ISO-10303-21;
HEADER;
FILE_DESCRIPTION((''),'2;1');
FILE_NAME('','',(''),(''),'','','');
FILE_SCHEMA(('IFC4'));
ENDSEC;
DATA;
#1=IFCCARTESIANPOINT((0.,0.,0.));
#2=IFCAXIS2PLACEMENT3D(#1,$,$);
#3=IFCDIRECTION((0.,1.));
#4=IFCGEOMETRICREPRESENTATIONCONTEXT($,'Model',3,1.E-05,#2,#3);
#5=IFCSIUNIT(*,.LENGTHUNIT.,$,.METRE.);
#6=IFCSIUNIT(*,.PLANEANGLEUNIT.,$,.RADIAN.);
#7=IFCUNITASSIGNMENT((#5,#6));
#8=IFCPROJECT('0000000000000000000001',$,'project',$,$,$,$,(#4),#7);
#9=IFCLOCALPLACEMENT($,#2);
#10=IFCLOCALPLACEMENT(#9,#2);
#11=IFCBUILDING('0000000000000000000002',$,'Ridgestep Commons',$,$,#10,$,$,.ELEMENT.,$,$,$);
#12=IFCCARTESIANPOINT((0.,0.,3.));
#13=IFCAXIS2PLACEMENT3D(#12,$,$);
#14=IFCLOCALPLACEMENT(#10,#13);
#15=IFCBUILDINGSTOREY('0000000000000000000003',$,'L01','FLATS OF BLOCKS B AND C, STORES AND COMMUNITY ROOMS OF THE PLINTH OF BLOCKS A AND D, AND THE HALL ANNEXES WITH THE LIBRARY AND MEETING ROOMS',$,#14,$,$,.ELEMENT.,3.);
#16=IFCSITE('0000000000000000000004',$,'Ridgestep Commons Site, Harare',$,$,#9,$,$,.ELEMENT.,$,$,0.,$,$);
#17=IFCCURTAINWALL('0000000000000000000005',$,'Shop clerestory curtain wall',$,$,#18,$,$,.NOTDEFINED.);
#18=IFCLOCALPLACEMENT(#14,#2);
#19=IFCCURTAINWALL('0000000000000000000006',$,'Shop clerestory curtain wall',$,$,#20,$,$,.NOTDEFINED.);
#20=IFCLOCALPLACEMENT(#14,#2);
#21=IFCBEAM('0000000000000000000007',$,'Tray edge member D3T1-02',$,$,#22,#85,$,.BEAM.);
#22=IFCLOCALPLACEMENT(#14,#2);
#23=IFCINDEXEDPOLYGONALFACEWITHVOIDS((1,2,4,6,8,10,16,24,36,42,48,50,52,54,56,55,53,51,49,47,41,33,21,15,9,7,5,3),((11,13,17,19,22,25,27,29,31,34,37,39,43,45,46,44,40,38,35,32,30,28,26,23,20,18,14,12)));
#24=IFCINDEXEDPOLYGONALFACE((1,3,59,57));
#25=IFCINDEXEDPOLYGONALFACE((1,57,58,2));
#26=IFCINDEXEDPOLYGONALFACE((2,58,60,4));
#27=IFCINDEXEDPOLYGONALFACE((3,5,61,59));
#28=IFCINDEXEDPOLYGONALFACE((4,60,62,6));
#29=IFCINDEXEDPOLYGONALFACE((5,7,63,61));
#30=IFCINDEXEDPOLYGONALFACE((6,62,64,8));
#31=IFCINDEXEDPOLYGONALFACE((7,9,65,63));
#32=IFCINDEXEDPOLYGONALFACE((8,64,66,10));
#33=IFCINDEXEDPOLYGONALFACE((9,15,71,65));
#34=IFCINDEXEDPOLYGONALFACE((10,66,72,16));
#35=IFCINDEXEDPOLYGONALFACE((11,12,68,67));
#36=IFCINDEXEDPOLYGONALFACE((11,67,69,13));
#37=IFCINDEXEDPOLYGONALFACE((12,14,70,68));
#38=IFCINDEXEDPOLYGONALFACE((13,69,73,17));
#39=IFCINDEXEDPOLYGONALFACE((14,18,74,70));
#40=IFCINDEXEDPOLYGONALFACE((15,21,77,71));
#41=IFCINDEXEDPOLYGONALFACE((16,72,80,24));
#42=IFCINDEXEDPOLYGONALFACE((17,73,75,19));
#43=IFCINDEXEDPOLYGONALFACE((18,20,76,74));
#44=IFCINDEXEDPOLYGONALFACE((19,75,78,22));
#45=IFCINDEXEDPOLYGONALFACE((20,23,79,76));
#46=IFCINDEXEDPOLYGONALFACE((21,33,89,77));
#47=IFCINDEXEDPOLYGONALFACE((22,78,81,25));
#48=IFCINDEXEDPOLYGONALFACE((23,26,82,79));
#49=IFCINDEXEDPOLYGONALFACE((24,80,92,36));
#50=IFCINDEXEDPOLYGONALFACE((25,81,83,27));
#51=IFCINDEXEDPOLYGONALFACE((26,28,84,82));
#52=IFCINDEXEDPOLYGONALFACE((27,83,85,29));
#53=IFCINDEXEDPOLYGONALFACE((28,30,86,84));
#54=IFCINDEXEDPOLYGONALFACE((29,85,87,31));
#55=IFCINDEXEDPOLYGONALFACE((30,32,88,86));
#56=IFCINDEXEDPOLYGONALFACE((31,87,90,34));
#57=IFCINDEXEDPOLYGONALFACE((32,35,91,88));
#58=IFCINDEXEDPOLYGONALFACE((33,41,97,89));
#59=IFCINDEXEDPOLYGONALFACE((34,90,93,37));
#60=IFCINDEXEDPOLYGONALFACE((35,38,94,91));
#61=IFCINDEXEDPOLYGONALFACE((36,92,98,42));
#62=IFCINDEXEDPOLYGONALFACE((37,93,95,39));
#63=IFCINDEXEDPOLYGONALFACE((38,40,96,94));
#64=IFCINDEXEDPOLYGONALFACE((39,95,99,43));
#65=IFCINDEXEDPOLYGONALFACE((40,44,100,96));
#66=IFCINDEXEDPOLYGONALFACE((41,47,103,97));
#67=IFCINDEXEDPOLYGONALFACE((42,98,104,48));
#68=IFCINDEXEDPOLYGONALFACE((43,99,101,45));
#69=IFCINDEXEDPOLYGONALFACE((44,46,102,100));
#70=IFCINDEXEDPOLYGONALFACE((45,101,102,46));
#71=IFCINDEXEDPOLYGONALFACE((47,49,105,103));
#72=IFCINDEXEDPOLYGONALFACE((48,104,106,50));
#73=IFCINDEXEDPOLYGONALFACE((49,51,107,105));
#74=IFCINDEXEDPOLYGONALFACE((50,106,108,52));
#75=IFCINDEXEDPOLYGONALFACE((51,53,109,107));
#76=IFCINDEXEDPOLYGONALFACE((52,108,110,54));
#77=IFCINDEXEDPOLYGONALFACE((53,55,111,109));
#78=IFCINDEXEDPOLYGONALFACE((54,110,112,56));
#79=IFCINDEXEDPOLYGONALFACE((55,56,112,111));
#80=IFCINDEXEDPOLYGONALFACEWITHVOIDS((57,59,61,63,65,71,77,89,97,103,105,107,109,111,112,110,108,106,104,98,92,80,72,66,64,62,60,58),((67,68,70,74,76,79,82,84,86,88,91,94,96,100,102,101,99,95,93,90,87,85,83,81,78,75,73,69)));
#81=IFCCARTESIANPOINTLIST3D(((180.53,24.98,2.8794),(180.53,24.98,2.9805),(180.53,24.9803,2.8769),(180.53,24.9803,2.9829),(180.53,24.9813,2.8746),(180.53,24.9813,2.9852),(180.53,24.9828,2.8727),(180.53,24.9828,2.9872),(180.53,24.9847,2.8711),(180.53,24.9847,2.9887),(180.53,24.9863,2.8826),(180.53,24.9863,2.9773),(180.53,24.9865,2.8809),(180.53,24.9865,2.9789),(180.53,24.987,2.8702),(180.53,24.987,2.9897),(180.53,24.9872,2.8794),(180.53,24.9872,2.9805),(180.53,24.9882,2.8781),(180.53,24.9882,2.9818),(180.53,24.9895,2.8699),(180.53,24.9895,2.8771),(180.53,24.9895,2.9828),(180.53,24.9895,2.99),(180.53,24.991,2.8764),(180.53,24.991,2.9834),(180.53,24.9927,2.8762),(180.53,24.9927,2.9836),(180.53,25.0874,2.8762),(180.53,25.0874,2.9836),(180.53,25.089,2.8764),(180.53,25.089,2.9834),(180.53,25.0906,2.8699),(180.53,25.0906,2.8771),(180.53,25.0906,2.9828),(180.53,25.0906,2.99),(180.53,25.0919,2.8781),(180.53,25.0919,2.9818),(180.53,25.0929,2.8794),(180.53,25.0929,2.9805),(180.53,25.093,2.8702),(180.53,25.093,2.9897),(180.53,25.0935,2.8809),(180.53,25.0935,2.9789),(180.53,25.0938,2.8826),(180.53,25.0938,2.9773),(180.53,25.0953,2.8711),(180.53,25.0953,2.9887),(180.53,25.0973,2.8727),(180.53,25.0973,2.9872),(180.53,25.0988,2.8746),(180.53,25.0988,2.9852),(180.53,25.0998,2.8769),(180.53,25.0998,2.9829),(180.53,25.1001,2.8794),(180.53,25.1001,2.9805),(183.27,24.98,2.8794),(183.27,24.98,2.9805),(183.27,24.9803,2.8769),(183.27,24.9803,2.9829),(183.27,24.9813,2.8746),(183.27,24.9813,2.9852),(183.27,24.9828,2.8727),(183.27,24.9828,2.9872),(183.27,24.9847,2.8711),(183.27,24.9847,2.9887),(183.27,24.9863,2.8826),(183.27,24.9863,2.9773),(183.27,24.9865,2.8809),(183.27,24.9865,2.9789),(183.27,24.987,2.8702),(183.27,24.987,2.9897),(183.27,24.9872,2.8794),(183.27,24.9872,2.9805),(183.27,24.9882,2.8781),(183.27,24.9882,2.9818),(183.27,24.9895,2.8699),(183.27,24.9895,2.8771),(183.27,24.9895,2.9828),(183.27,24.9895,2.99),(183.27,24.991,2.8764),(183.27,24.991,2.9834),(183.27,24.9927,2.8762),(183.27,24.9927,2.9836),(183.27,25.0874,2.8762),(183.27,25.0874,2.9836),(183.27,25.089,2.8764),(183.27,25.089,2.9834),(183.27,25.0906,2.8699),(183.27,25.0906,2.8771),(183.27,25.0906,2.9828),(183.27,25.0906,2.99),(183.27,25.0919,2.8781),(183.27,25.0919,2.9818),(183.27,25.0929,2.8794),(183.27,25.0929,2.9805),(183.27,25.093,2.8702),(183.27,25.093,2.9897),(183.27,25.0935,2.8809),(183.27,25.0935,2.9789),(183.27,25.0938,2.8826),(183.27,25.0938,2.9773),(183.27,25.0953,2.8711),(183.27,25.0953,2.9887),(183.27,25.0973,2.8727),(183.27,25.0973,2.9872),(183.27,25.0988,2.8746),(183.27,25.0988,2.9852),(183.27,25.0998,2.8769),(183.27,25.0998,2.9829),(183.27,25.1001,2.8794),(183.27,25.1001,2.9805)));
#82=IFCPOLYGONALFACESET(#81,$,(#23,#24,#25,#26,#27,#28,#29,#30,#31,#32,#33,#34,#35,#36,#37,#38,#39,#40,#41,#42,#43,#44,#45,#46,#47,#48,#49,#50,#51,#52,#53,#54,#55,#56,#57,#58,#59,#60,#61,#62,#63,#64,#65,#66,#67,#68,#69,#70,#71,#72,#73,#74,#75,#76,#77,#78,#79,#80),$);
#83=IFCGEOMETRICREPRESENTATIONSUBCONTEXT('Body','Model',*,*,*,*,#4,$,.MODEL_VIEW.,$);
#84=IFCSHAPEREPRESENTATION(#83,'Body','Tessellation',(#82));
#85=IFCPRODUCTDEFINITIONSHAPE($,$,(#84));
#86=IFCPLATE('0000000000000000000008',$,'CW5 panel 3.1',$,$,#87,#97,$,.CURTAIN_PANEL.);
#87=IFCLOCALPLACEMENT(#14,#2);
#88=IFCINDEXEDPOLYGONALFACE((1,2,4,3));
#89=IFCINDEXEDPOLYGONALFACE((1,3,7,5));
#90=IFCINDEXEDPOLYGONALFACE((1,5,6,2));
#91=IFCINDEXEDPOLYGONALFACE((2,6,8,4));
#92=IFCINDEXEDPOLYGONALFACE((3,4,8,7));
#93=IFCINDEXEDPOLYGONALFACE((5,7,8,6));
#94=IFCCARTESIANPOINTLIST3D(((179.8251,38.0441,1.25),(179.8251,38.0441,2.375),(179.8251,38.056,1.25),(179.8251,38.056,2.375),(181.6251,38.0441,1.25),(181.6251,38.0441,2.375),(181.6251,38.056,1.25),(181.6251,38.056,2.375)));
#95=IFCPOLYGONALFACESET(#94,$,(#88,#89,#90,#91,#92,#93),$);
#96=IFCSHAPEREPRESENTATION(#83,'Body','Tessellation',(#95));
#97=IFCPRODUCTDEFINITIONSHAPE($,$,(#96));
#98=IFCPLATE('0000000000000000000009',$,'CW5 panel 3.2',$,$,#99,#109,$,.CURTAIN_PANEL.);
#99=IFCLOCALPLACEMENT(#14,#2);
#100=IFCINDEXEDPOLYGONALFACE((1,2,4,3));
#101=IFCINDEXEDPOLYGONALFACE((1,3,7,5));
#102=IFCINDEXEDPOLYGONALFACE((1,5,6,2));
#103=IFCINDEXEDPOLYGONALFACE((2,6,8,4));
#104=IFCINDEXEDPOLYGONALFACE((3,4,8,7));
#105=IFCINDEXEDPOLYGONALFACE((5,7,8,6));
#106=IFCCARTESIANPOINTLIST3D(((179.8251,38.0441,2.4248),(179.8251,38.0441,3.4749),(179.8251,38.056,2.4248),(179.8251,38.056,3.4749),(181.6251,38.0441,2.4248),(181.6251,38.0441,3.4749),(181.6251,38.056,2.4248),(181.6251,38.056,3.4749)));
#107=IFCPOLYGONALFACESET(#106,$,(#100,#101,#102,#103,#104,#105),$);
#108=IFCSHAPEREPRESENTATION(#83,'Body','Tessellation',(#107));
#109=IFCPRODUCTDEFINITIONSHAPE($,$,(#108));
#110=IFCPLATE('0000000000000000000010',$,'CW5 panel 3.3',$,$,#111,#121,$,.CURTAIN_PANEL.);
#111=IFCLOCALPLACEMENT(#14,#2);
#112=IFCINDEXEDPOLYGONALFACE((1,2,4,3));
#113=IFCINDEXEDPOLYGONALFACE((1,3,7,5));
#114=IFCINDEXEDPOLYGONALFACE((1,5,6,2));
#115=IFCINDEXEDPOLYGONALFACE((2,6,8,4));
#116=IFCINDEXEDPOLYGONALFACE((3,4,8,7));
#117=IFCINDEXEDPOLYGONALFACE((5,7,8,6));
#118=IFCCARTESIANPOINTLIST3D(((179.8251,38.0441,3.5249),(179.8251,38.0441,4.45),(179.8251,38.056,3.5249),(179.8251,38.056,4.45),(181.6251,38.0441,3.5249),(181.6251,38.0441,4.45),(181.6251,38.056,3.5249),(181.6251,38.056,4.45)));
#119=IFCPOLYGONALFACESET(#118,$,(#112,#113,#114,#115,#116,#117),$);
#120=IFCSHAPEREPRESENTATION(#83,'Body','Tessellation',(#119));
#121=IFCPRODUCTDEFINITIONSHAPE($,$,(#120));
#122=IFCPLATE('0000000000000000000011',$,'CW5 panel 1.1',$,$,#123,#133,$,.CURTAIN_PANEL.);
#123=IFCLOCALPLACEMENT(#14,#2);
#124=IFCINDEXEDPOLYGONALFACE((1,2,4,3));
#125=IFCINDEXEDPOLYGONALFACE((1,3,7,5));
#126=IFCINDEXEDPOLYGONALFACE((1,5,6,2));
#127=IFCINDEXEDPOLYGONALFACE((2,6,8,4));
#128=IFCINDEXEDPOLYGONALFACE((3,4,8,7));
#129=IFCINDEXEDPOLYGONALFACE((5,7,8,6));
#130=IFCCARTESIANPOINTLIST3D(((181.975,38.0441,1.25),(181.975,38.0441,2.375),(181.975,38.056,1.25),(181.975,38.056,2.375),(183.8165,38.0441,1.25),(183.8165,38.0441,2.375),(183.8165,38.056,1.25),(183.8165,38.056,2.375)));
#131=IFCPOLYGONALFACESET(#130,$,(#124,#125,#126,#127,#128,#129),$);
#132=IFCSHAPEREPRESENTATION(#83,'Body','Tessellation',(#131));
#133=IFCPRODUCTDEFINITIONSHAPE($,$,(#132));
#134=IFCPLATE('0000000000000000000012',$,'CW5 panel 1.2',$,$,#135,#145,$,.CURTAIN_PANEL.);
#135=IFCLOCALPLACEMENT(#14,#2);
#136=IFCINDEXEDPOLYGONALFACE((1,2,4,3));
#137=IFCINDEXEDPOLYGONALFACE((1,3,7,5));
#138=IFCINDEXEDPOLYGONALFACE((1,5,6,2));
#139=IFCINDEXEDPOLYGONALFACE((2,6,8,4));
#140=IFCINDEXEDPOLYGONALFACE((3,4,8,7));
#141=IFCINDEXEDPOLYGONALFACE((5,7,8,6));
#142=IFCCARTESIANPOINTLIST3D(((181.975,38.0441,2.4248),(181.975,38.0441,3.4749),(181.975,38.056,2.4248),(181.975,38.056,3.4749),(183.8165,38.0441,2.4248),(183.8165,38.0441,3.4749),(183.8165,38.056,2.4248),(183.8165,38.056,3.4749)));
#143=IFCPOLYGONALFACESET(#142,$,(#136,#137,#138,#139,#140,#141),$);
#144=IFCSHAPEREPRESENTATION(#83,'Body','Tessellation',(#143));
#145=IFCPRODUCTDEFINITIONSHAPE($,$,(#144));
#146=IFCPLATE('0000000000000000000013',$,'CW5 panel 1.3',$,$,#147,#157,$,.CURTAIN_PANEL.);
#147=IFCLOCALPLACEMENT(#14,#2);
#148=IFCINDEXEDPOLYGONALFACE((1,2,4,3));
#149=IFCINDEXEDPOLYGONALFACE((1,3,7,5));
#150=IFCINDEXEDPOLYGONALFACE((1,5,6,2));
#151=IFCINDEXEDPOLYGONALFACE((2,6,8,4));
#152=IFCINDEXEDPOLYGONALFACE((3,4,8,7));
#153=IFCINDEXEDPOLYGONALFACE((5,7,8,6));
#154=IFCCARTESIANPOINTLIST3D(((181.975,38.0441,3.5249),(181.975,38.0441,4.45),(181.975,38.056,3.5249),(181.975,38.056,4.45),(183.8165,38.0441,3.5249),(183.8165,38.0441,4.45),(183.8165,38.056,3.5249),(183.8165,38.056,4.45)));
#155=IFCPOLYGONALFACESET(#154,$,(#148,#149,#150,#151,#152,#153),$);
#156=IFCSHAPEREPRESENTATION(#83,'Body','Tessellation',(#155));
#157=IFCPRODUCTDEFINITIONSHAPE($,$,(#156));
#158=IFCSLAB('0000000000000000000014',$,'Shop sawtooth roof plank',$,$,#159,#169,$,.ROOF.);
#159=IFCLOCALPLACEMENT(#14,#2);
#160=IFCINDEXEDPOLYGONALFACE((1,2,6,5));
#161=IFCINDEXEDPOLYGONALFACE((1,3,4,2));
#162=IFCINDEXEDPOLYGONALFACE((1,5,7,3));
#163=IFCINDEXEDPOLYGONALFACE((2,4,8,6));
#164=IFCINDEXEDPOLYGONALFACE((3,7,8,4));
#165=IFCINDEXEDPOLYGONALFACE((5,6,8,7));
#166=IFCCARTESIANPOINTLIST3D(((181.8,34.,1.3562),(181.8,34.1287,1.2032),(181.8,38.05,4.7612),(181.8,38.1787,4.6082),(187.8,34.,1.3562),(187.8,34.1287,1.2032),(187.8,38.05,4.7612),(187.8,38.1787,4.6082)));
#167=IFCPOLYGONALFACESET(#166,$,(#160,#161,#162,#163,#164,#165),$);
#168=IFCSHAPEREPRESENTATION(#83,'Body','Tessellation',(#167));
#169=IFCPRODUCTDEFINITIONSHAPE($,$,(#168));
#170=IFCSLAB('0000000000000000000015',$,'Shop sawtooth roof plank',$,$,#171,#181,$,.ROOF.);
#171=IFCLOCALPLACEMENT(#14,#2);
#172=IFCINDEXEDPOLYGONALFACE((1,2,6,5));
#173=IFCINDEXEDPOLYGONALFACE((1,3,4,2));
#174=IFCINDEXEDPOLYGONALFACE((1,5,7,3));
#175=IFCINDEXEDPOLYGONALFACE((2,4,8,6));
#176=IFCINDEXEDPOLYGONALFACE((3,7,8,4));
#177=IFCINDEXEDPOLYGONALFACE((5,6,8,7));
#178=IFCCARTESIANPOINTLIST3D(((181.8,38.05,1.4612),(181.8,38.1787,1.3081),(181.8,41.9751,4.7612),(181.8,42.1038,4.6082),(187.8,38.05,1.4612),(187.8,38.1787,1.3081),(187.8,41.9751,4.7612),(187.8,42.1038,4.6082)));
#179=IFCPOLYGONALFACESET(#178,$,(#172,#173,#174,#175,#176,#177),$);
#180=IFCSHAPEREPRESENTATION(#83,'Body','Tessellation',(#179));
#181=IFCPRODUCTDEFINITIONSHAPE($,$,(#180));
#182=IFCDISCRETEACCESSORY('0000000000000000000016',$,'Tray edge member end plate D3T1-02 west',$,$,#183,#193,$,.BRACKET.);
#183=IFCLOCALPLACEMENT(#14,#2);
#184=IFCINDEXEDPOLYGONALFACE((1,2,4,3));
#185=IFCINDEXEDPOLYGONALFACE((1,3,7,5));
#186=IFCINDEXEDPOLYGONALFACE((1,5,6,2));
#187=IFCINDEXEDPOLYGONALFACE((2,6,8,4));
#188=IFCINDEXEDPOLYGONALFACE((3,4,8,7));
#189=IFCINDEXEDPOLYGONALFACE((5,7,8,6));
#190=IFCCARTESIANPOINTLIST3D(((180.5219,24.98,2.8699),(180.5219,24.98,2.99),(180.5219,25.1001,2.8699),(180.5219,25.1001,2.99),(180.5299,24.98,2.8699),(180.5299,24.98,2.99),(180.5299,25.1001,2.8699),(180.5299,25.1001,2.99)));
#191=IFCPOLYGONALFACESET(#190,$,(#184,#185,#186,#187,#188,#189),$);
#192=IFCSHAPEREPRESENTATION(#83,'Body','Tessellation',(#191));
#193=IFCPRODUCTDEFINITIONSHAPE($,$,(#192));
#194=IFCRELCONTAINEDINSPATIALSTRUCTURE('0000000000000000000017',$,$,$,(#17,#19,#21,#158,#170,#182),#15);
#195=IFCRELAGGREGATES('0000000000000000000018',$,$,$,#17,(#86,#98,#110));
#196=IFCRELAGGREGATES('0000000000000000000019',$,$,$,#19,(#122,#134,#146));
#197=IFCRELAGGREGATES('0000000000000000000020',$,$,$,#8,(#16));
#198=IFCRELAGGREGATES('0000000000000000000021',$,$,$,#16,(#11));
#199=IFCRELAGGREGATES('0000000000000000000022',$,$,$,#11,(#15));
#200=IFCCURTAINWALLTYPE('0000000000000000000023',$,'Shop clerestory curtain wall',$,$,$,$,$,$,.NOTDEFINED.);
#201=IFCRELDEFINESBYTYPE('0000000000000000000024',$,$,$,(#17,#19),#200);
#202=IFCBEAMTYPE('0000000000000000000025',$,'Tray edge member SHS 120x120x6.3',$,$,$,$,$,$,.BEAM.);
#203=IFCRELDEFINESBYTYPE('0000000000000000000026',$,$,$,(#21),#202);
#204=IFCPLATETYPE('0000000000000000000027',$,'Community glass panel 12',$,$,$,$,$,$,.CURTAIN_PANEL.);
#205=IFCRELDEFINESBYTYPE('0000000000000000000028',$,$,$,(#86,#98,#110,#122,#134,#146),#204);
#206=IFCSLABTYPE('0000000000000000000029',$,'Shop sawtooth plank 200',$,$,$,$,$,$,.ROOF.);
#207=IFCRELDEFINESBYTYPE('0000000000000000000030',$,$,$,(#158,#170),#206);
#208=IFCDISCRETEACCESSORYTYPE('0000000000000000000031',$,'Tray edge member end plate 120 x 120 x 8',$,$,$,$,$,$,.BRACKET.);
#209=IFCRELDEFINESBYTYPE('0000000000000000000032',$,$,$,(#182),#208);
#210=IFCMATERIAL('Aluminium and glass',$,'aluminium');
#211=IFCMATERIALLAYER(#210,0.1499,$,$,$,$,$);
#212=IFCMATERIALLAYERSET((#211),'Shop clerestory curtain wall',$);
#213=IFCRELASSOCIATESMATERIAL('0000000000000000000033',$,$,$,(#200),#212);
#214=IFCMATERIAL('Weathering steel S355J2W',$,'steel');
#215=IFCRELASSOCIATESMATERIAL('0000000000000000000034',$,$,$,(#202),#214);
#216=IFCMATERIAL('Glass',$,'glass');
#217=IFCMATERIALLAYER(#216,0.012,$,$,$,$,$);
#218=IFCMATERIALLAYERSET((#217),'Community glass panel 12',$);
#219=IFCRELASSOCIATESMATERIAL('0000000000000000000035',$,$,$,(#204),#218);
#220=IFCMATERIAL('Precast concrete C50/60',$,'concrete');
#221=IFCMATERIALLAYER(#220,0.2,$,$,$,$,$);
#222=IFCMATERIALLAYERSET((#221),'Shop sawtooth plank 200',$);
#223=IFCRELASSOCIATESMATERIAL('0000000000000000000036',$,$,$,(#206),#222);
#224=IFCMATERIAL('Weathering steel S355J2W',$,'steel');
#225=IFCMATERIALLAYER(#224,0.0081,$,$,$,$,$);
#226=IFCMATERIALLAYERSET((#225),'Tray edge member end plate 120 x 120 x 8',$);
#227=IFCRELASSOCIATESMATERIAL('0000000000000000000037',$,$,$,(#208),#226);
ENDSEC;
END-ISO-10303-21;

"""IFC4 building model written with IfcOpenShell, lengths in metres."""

from ifc_helpers import new_model, si_unit, direction, frame, origin, origin_2d, place, context, subcontext, project, spatial, polyline, rectangle, hollow_rectangle, outline, extrude, material, layer, layer_set, material_profile, profile_set, type_object, element, aggregate, save


model = new_model("IFC4")

# Units and contexts
model_context = context("Model", 3, precision=1e-05, world=origin(), true_north=direction((0.0, 1.0)))
body_context = subcontext(model_context, "Body", "Model", "MODEL_VIEW")
ifc_project = project(units=[si_unit("LENGTHUNIT", "METRE"), si_unit("PLANEANGLEUNIT", "RADIAN")], contexts=[model_context])

# Site, building, storey
site_placement = place(None, origin())
site = spatial("IfcSite", under=ifc_project, at=site_placement, Name="Ridgestep Commons Site, Harare", CompositionType="ELEMENT", RefElevation=0.0)
building_placement = place(site_placement, origin())
building = spatial("IfcBuilding", under=site, at=building_placement, Name="Ridgestep Commons", CompositionType="ELEMENT")
storey_placement = place(building_placement, frame((0.0, 0.0, 3.0)))
storey = spatial("IfcBuildingStorey", under=building, at=storey_placement, Name="L01", Description="FLATS OF BLOCKS B AND C, STORES AND COMMUNITY ROOMS OF THE PLINTH OF BLOCKS A AND D, AND THE HALL ANNEXES WITH THE LIBRARY AND MEETING ROOMS", CompositionType="ELEMENT", Elevation=3.0)

# Curtain wall
ifc_material_1 = material(Name="Aluminium and glass", Category="aluminium")
ifc_layer_1 = layer(ifc_material_1, 0.1499)
ifc_layer_set_1 = layer_set([ifc_layer_1], Name="Shop clerestory curtain wall")
curtain_wall_type = type_object("IfcCurtainWallType", Name="Shop clerestory curtain wall", PredefinedType="NOTDEFINED", material=ifc_layer_set_1)
curtain_wall_1_placement = place(storey_placement, origin())
curtain_wall_1 = element("IfcCurtainWall", 1, at=curtain_wall_1_placement, inside=storey, type_object=curtain_wall_type, Name="Shop clerestory curtain wall", PredefinedType="NOTDEFINED")

# Curtain wall
curtain_wall_2_placement = place(storey_placement, origin())
curtain_wall_2 = element("IfcCurtainWall", 2, at=curtain_wall_2_placement, inside=storey, type_object=curtain_wall_type, Name="Shop clerestory curtain wall", PredefinedType="NOTDEFINED")

# Beam
ifc_material_2 = material(Name="Weathering steel S355J2W", Category="steel")
ifc_material_profile_1 = material_profile(ifc_material_2, hollow_rectangle(XDim=0.1201, YDim=0.1201, WallThickness=0.0063, InnerFilletRadius=0.0063, OuterFilletRadius=0.0095, at=origin_2d()), Name="SHS 120x120x6.3")
ifc_profile_set_1 = profile_set([ifc_material_profile_1], Name="Weathering steel S355J2W")
beam_type = type_object("IfcBeamType", Name="Tray edge member SHS 120x120x6.3", PredefinedType="BEAM", material=ifc_profile_set_1)
beam_placement = place(storey_placement, frame((180.53, 25.04, 2.9299), z_axis=(1.0, 0.0, 0.0), x_axis=(0.0, 0.0, 1.0)))
element("IfcBeam", 3, at=beam_placement, inside=storey, type_object=beam_type, Name="Tray edge member D3T1-02", PredefinedType="BEAM", context=body_context, shape_type="SweptSolid", body=[
    extrude(hollow_rectangle(XDim=0.1201, YDim=0.1201, WallThickness=0.0063, InnerFilletRadius=0.0063, OuterFilletRadius=0.0095, at=origin_2d()), origin(), (0.0, 0.0, 1.0), 2.74),
])

# Plates
ifc_material_3 = material(Name="Glass", Category="glass")
ifc_layer_2 = layer(ifc_material_3, 0.012)
ifc_layer_set_2 = layer_set([ifc_layer_2], Name="Community glass panel 12")
plate_type = type_object("IfcPlateType", Name="Community glass panel 12", PredefinedType="CURTAIN_PANEL", material=ifc_layer_set_2)
plate_1_placement = place(storey_placement, frame((180.7251, 38.05, 1.25), z_axis=(0.0, 0.0, 1.0), x_axis=(1.0, 0.0, 0.0)))
plate_1 = element("IfcPlate", 4, at=plate_1_placement, type_object=plate_type, Name="CW5 panel 3.1", PredefinedType="CURTAIN_PANEL", context=body_context, shape_type="SweptSolid", body=[
    extrude(rectangle(XDim=1.8, YDim=0.012, at=origin_2d()), origin(), (0.0, 0.0, 1.0), 1.125),
])
plate_2_placement = place(storey_placement, frame((180.7251, 38.05, 2.4248), z_axis=(0.0, 0.0, 1.0), x_axis=(1.0, 0.0, 0.0)))
plate_2 = element("IfcPlate", 5, at=plate_2_placement, type_object=plate_type, Name="CW5 panel 3.2", PredefinedType="CURTAIN_PANEL", context=body_context, shape_type="SweptSolid", body=[
    extrude(rectangle(XDim=1.8, YDim=0.012, at=origin_2d()), origin(), (0.0, 0.0, 1.0), 1.05),
])
plate_3_placement = place(storey_placement, frame((180.7251, 38.05, 3.5249), z_axis=(0.0, 0.0, 1.0), x_axis=(1.0, 0.0, 0.0)))
plate_3 = element("IfcPlate", 6, at=plate_3_placement, type_object=plate_type, Name="CW5 panel 3.3", PredefinedType="CURTAIN_PANEL", context=body_context, shape_type="SweptSolid", body=[
    extrude(rectangle(XDim=1.8, YDim=0.012, at=origin_2d()), origin(), (0.0, 0.0, 1.0), 0.925),
])
aggregate(curtain_wall_1, [plate_1, plate_2, plate_3])
plate_4_placement = place(storey_placement, frame((182.8958, 38.05, 1.25), z_axis=(0.0, 0.0, 1.0), x_axis=(1.0, 0.0, 0.0)))
plate_4 = element("IfcPlate", 7, at=plate_4_placement, type_object=plate_type, Name="CW5 panel 1.1", PredefinedType="CURTAIN_PANEL", context=body_context, shape_type="SweptSolid", body=[
    extrude(rectangle(XDim=1.8416, YDim=0.012, at=origin_2d()), origin(), (0.0, 0.0, 1.0), 1.125),
])
plate_5_placement = place(storey_placement, frame((182.8958, 38.05, 2.4248), z_axis=(0.0, 0.0, 1.0), x_axis=(1.0, 0.0, 0.0)))
plate_5 = element("IfcPlate", 8, at=plate_5_placement, type_object=plate_type, Name="CW5 panel 1.2", PredefinedType="CURTAIN_PANEL", context=body_context, shape_type="SweptSolid", body=[
    extrude(rectangle(XDim=1.8416, YDim=0.012, at=origin_2d()), origin(), (0.0, 0.0, 1.0), 1.05),
])
plate_6_placement = place(storey_placement, frame((182.8958, 38.05, 3.5249), z_axis=(0.0, 0.0, 1.0), x_axis=(1.0, 0.0, 0.0)))
plate_6 = element("IfcPlate", 9, at=plate_6_placement, type_object=plate_type, Name="CW5 panel 1.3", PredefinedType="CURTAIN_PANEL", context=body_context, shape_type="SweptSolid", body=[
    extrude(rectangle(XDim=1.8416, YDim=0.012, at=origin_2d()), origin(), (0.0, 0.0, 1.0), 0.925),
])
aggregate(curtain_wall_2, [plate_4, plate_5, plate_6])

# Slabs
ifc_material_4 = material(Name="Precast concrete C50/60", Category="concrete")
ifc_layer_3 = layer(ifc_material_4, 0.2)
ifc_layer_set_3 = layer_set([ifc_layer_3], Name="Shop sawtooth plank 200")
slab_type = type_object("IfcSlabType", Name="Shop sawtooth plank 200", PredefinedType="ROOF", material=ifc_layer_set_3)
slab_1_placement = place(storey_placement, frame((181.8, 34.0, 1.3562), z_axis=(0.0, -0.643523, 0.765427), x_axis=(1.0, 0.0, 0.0)))
element("IfcSlab", 10, at=slab_1_placement, inside=storey, type_object=slab_type, Name="Shop sawtooth roof plank", PredefinedType="ROOF", context=body_context, shape_type="SweptSolid", body=[
    extrude(outline(polyline([(0.0, 0.0), (6.0, 0.0), (6.0, 5.2912), (0.0, 5.2912), (0.0, 0.0)])), origin(), (0.0, 0.0, -1.0), 0.2),
])
slab_2_placement = place(storey_placement, frame((181.8, 38.05, 1.4612), z_axis=(0.0, -0.643536, 0.765416), x_axis=(1.0, 0.0, 0.0)))
element("IfcSlab", 11, at=slab_2_placement, inside=storey, type_object=slab_type, Name="Shop sawtooth roof plank", PredefinedType="ROOF", context=body_context, shape_type="SweptSolid", body=[
    extrude(outline(polyline([(0.0, 0.0), (6.0, 0.0), (6.0, 5.128), (0.0, 5.128), (0.0, 0.0)])), origin(), (0.0, 0.0, -1.0), 0.2),
])

# Discrete accessory
ifc_material_5 = material(Name="Weathering steel S355J2W", Category="steel")
ifc_layer_4 = layer(ifc_material_5, 0.0081)
ifc_layer_set_4 = layer_set([ifc_layer_4], Name="Tray edge member end plate 120 x 120 x 8")
discrete_accessory_type = type_object("IfcDiscreteAccessoryType", Name="Tray edge member end plate 120 x 120 x 8", PredefinedType="BRACKET", material=ifc_layer_set_4)
for number, where, z_axis, x_axis, name in (
    (12, (180.5259, 25.04, 2.8699), (0.0, 0.0, 1.0), (1.0, 0.0, 0.0), "Tray edge member end plate D3T1-02 west"),
):
    element("IfcDiscreteAccessory", number, at=place(storey_placement, frame(where, z_axis=z_axis, x_axis=x_axis)), inside=storey, type_object=discrete_accessory_type, Name=name, PredefinedType="BRACKET", context=body_context, shape_type="SweptSolid", body=[
        extrude(rectangle(XDim=0.0081, YDim=0.1201, at=origin_2d()), origin(), (0.0, 0.0, 1.0), 0.1201),
    ])

save(model, "model.ifc")
